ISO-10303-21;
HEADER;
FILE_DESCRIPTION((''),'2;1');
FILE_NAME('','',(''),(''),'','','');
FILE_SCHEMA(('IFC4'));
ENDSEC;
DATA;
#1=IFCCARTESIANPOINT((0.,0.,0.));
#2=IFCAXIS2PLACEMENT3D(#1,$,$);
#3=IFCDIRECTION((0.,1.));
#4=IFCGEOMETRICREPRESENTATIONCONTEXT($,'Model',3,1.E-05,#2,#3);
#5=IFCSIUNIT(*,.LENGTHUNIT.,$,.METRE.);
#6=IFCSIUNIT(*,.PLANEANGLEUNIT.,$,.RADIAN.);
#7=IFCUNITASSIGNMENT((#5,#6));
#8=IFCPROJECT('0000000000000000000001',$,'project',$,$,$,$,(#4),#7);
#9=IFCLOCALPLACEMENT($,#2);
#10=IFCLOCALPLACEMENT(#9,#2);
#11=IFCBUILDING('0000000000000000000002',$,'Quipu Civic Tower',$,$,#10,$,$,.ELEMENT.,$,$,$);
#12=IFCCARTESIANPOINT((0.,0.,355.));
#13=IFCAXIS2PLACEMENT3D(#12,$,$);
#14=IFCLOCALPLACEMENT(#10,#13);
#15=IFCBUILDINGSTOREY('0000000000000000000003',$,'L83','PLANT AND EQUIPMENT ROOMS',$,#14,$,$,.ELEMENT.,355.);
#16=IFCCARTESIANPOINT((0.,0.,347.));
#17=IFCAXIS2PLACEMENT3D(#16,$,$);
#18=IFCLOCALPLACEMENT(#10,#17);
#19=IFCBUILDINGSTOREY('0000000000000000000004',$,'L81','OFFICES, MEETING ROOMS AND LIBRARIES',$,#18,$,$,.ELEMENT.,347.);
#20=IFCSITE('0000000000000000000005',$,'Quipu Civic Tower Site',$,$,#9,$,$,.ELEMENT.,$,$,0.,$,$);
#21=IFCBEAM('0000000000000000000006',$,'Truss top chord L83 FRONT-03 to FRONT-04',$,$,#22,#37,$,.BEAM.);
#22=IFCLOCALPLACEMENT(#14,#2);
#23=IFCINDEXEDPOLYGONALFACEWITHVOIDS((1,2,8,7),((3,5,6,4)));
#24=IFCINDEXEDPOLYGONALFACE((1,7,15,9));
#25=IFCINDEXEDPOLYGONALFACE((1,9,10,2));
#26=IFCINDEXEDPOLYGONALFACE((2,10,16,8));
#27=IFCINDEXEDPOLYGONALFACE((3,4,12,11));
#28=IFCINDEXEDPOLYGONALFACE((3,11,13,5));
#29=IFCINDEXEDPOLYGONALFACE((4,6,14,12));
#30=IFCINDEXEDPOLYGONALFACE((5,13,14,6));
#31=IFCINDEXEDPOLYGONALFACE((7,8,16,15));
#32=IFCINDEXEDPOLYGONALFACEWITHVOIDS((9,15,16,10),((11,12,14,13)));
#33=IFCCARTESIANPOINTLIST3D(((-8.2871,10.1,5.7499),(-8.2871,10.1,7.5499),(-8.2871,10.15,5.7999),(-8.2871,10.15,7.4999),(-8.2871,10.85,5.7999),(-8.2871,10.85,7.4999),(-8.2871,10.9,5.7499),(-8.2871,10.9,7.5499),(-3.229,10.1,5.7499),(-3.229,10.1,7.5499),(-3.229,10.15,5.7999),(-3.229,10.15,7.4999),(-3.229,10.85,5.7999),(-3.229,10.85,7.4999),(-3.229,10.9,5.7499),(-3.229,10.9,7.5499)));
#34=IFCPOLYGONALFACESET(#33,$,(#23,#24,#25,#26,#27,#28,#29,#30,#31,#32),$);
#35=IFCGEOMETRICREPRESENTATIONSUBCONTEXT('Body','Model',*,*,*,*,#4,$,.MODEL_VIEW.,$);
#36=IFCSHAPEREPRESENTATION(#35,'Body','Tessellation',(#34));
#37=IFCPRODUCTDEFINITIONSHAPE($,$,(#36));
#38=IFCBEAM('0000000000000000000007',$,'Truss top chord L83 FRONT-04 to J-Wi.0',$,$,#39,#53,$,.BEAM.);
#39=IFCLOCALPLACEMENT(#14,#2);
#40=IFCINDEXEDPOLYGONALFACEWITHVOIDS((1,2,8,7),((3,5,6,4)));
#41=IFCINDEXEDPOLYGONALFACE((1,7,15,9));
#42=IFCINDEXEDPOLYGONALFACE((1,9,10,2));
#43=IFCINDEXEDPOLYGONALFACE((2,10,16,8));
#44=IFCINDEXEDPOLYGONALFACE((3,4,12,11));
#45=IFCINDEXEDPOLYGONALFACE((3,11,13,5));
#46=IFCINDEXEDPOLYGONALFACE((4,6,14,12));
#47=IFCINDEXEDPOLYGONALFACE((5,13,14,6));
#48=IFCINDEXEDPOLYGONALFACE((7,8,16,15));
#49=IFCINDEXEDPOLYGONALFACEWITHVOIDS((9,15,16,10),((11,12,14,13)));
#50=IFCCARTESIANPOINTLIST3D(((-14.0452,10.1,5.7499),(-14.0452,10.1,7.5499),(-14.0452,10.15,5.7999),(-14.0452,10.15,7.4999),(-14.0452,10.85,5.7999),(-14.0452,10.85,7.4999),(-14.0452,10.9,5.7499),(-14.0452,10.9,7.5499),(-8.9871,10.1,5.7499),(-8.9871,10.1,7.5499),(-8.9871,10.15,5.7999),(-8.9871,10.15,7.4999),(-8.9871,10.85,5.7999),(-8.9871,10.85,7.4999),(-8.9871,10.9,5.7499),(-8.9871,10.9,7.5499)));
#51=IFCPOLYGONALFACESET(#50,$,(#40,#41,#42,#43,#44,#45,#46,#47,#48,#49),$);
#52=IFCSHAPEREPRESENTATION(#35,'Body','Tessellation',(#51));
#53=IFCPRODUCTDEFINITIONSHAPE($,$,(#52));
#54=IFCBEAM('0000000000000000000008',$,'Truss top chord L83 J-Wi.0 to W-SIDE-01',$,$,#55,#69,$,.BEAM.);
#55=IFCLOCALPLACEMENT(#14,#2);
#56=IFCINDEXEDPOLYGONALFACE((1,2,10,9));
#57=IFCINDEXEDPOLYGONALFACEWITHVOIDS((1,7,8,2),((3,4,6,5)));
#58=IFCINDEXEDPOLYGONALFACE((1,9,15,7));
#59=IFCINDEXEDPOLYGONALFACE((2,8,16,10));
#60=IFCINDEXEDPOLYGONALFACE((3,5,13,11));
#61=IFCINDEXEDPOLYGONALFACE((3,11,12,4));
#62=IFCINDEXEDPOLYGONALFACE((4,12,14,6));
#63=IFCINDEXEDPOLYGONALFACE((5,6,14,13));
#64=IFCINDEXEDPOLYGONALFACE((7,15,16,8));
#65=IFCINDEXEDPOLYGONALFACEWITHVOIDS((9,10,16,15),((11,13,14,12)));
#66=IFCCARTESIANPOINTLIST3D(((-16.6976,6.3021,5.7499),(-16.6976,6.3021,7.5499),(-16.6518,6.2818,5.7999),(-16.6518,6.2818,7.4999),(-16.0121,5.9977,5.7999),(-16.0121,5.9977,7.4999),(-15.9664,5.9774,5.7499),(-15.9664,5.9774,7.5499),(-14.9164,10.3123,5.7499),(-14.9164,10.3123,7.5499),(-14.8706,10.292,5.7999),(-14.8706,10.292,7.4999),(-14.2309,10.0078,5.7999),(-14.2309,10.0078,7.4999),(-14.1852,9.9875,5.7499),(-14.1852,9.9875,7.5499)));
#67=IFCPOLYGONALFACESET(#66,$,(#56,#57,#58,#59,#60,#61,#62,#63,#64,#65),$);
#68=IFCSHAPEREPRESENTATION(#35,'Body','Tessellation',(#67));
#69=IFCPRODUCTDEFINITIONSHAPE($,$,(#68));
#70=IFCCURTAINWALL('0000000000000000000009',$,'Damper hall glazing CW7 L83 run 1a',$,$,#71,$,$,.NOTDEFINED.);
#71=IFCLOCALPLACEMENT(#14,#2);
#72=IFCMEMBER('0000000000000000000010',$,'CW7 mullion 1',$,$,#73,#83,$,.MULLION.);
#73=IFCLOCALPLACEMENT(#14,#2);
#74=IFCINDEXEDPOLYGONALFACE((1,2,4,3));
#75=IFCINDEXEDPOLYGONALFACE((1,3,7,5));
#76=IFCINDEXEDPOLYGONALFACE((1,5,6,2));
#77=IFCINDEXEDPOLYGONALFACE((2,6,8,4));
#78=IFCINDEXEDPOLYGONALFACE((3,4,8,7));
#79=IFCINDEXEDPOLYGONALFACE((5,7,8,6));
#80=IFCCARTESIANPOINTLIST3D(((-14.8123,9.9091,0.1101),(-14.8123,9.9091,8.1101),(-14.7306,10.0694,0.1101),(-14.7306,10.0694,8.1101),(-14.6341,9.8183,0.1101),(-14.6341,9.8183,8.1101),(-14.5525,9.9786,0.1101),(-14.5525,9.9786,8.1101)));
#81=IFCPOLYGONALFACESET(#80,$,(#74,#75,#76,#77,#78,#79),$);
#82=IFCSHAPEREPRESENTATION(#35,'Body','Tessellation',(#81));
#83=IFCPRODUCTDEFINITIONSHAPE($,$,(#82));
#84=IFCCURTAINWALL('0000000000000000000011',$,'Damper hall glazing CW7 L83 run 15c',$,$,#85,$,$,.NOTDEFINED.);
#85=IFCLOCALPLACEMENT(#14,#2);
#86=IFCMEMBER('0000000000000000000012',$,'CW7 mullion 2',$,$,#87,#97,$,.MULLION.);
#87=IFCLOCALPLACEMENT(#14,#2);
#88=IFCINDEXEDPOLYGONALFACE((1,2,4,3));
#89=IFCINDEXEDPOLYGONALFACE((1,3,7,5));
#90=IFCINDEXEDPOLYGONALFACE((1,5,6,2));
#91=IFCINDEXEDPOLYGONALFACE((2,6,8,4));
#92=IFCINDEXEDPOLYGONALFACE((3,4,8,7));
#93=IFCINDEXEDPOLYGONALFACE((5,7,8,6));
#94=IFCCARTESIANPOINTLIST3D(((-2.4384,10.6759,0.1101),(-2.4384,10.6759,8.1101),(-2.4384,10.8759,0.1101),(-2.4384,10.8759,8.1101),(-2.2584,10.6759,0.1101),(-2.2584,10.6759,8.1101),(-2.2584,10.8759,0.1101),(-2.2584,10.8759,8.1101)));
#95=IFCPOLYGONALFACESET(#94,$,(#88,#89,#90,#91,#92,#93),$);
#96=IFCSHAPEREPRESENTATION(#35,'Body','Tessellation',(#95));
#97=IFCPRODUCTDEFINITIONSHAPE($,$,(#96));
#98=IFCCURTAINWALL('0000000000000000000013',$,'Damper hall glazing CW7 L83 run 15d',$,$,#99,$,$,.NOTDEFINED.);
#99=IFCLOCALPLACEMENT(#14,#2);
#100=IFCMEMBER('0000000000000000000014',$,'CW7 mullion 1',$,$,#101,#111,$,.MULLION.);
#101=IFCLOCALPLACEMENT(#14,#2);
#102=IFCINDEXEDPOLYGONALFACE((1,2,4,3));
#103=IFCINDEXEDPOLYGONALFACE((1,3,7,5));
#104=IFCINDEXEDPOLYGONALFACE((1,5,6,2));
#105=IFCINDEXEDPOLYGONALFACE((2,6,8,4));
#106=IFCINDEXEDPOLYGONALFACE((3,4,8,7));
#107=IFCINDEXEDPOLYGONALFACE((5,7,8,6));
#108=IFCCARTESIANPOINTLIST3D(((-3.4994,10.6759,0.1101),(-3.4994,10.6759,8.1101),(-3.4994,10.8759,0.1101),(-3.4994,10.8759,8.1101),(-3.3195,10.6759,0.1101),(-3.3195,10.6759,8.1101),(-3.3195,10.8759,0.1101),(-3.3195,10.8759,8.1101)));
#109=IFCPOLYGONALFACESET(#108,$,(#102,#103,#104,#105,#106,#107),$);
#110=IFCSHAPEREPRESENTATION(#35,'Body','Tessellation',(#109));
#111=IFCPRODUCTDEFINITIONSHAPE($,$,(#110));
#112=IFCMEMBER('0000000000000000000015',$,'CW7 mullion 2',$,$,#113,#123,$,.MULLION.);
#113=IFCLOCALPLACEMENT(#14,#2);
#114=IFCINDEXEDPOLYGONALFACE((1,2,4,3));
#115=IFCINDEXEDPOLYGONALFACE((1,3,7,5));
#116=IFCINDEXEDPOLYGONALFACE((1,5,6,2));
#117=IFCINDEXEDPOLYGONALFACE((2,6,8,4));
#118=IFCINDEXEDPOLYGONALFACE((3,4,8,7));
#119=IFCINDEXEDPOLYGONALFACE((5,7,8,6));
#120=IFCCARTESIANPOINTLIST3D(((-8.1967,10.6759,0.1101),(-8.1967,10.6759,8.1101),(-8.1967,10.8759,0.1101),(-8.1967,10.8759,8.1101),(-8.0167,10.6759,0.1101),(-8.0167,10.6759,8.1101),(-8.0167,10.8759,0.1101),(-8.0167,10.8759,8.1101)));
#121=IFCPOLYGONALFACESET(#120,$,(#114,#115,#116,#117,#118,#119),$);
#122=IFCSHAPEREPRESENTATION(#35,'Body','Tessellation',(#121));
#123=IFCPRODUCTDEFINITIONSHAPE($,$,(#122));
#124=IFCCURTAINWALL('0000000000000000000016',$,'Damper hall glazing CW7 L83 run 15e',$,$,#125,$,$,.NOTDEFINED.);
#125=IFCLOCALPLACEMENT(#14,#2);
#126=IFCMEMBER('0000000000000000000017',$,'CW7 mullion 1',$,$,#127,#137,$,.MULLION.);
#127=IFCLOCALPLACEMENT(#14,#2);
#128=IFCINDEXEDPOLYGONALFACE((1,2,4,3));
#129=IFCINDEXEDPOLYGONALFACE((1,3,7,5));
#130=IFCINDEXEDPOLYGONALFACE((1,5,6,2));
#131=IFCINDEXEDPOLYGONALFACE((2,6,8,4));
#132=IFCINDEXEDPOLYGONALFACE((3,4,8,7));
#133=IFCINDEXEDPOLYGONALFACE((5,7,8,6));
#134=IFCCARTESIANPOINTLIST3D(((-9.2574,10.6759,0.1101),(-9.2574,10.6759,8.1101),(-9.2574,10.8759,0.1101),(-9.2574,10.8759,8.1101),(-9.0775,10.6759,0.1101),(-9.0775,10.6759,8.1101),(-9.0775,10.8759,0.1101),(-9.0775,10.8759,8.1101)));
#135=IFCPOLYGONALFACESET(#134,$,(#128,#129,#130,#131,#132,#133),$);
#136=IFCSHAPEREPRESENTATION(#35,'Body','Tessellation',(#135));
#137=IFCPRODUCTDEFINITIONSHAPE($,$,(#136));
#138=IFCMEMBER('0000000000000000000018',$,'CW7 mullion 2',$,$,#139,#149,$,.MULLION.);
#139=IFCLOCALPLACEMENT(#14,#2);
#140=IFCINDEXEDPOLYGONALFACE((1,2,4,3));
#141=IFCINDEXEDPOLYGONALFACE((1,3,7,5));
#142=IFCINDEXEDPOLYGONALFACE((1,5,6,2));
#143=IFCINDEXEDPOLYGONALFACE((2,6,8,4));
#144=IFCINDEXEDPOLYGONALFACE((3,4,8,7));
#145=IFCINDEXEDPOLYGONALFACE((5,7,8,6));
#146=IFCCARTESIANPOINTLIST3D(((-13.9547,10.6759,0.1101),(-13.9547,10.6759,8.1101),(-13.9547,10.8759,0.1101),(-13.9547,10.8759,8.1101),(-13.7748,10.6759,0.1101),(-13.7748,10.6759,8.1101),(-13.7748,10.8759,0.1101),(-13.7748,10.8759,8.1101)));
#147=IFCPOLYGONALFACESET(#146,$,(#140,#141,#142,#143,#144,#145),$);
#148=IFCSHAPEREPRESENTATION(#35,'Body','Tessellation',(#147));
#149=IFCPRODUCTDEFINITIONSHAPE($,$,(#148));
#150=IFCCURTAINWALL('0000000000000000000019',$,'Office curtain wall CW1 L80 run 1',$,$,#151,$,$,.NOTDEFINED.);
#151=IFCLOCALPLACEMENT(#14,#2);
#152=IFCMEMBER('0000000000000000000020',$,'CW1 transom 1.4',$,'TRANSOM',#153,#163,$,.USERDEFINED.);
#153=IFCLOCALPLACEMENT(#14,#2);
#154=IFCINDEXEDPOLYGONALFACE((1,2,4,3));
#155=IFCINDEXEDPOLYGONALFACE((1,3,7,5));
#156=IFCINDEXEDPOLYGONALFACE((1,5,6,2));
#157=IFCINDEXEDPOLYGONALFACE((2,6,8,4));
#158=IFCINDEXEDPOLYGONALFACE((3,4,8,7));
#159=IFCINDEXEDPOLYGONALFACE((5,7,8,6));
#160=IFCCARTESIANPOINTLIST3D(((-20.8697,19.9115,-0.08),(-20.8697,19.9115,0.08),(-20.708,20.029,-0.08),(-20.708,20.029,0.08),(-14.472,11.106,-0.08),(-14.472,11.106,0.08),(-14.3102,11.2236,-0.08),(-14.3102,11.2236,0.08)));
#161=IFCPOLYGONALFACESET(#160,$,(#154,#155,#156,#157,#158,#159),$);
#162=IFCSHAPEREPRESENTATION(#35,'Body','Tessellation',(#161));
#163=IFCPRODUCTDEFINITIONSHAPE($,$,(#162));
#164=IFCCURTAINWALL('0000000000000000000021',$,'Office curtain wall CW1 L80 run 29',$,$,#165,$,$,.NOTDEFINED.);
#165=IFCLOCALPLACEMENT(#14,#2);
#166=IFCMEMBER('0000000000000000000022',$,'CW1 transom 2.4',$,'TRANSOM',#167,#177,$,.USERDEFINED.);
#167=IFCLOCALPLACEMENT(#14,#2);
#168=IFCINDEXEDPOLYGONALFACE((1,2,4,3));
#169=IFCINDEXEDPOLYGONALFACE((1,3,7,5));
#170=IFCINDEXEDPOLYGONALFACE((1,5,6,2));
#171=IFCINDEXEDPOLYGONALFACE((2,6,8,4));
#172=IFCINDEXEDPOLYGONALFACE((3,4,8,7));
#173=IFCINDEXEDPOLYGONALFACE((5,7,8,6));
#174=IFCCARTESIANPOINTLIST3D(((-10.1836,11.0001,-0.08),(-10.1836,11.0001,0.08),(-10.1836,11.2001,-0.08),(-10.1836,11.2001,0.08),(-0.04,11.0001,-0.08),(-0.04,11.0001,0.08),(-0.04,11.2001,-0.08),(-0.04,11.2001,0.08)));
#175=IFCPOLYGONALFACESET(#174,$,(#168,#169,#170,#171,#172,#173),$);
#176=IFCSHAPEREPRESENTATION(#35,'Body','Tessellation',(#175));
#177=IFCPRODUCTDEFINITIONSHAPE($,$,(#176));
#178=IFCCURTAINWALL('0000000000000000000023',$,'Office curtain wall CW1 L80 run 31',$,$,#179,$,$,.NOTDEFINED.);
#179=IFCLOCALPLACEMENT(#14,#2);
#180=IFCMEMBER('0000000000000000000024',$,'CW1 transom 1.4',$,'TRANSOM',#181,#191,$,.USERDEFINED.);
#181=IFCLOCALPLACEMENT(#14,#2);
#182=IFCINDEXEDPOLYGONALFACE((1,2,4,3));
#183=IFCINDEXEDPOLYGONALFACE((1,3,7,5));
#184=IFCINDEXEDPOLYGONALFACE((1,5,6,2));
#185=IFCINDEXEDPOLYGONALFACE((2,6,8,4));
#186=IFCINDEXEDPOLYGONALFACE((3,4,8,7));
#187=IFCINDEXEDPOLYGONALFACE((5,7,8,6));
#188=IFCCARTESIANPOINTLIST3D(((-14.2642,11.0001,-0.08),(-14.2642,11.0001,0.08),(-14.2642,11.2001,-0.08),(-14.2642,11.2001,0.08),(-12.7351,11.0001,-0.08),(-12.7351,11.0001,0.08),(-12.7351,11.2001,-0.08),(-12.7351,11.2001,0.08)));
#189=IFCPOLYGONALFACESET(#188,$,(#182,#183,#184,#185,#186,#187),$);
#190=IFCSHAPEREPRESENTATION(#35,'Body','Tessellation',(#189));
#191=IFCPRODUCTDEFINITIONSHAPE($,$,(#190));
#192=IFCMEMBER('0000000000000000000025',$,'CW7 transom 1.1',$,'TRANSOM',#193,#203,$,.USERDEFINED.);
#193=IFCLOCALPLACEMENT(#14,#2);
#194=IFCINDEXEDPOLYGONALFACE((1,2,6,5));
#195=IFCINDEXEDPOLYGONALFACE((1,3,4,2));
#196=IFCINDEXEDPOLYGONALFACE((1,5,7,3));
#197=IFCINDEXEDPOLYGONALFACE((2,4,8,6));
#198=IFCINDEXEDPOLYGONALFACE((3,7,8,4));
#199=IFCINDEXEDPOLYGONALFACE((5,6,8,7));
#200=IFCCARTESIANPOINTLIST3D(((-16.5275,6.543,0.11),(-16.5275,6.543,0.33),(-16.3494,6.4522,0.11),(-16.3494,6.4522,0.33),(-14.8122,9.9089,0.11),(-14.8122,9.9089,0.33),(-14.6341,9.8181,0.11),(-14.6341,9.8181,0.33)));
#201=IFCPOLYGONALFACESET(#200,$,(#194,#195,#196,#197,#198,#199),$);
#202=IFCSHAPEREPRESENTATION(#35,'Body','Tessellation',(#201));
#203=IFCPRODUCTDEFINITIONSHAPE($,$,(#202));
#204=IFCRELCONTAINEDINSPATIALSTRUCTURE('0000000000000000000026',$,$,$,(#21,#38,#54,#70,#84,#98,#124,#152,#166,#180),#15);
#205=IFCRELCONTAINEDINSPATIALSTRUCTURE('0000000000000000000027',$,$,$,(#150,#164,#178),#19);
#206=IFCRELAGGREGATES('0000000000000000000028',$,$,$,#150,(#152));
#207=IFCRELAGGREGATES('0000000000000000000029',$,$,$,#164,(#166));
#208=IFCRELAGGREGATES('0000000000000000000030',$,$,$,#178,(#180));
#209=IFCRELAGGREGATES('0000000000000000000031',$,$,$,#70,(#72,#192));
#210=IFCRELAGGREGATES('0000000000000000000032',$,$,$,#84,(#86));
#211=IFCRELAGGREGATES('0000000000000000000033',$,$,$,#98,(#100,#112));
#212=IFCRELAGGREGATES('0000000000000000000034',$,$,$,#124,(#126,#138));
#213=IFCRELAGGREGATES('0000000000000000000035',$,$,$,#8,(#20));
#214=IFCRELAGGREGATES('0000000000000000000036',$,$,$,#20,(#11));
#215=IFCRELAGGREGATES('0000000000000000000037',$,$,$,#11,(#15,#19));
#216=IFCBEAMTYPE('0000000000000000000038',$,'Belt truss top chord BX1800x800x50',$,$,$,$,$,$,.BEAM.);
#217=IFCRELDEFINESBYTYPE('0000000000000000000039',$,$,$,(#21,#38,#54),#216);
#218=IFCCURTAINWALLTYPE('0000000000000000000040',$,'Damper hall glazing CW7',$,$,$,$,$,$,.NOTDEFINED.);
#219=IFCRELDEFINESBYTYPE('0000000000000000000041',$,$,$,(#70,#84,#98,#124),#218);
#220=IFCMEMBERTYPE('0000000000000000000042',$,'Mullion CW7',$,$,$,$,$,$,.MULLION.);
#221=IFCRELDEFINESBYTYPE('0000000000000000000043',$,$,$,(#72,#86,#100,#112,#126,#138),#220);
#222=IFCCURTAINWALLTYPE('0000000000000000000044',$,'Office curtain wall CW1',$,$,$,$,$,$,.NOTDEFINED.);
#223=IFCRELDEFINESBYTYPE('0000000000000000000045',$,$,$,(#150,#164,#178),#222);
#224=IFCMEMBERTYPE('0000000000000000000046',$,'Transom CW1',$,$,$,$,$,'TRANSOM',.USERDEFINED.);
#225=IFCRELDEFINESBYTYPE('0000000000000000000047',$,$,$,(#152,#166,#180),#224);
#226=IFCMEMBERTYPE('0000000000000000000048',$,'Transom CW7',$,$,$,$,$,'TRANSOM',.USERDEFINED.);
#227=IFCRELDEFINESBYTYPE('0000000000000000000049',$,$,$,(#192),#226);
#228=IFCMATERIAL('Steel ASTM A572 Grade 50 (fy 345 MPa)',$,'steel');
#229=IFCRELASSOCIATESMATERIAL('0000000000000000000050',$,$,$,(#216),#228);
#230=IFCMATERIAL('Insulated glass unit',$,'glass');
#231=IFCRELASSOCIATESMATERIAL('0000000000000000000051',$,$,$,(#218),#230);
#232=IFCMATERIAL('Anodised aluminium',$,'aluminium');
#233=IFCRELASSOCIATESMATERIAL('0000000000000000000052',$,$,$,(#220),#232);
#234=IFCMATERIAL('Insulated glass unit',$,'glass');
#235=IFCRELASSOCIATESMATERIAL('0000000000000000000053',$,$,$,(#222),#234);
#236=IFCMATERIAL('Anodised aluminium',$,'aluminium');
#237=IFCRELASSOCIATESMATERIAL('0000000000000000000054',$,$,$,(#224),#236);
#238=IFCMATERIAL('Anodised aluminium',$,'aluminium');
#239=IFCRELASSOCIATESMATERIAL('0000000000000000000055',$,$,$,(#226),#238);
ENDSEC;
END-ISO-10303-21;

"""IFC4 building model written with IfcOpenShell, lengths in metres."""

from ifc_helpers import new_model, si_unit, direction, frame, origin, origin_2d, place, context, subcontext, project, spatial, rectangle, hollow_rectangle, extrude, material, material_profile, profile_set, type_object, element, aggregate, save


model = new_model("IFC4")

# Units and contexts
model_context = context("Model", 3, precision=1e-05, world=origin(), true_north=direction((0.0, 1.0)))
body_context = subcontext(model_context, "Body", "Model", "MODEL_VIEW")
ifc_project = project(units=[si_unit("LENGTHUNIT", "METRE"), si_unit("PLANEANGLEUNIT", "RADIAN")], contexts=[model_context])

# Site, building, storey
site_placement = place(None, origin())
site = spatial("IfcSite", under=ifc_project, at=site_placement, Name="Quipu Civic Tower Site", CompositionType="ELEMENT", RefElevation=0.0)
building_placement = place(site_placement, origin())
building = spatial("IfcBuilding", under=site, at=building_placement, Name="Quipu Civic Tower", CompositionType="ELEMENT")
storey_1_placement = place(building_placement, frame((0.0, 0.0, 355.0)))
storey_1 = spatial("IfcBuildingStorey", under=building, at=storey_1_placement, Name="L83", Description="PLANT AND EQUIPMENT ROOMS", CompositionType="ELEMENT", Elevation=355.0)

# Beams
ifc_material_1 = material(Name="Steel ASTM A572 Grade 50 (fy 345 MPa)", Category="steel")
ifc_material_profile_1 = material_profile(ifc_material_1, hollow_rectangle(XDim=0.8, YDim=1.8, WallThickness=0.05, at=origin_2d()), Name="BX1800x800x50")
ifc_profile_set_1 = profile_set([ifc_material_profile_1], Name="Steel ASTM A572 Grade 50 (fy 345 MPa)")
beam_type_1 = type_object("IfcBeamType", Name="Belt truss top chord BX1800x800x50", PredefinedType="BEAM", material=ifc_profile_set_1)
for number, where, z_axis, x_axis, name in (
    (1, (-3.229, 10.5, 6.6499), (-1.0, 0.0, 0.0), (0.0, -1.0, 0.0), "Truss top chord L83 FRONT-03 to FRONT-04"),
    (2, (-8.9871, 10.5, 6.6499), (-1.0, 0.0, 0.0), (0.0, -1.0, 0.0), "Truss top chord L83 FRONT-04 to J-Wi.0"),
):
    element("IfcBeam", number, at=place(storey_1_placement, frame(where, z_axis=z_axis, x_axis=x_axis)), inside=storey_1, type_object=beam_type_1, Name=name, PredefinedType="BEAM", context=body_context, shape_type="SweptSolid", body=[
        extrude(hollow_rectangle(XDim=0.8, YDim=1.8, WallThickness=0.05, at=origin_2d()), origin(), (0.0, 0.0, 1.0), 5.0581),
    ])
beam_1_placement = place(storey_1_placement, frame((-14.5508, 10.1499, 6.6499), z_axis=(-0.405932, -0.913903, 0.0), x_axis=(0.913903, -0.405932, 0.0)))
element("IfcBeam", 3, at=beam_1_placement, inside=storey_1, type_object=beam_type_1, Name="Truss top chord L83 J-Wi.0 to W-SIDE-01", PredefinedType="BEAM", context=body_context, shape_type="SweptSolid", body=[
    extrude(hollow_rectangle(XDim=0.8, YDim=1.8, WallThickness=0.05, at=origin_2d()), origin(), (0.0, 0.0, 1.0), 4.3879),
])

# Curtain walls, members
ifc_material_2 = material(Name="Insulated glass unit", Category="glass")
curtain_wall_type_1 = type_object("IfcCurtainWallType", Name="Damper hall glazing CW7", PredefinedType="NOTDEFINED", material=ifc_material_2)
curtain_wall_1_placement = place(storey_1_placement, origin())
curtain_wall_1 = element("IfcCurtainWall", 4, at=curtain_wall_1_placement, inside=storey_1, type_object=curtain_wall_type_1, Name="Damper hall glazing CW7 L83 run 1a", PredefinedType="NOTDEFINED")
ifc_material_3 = material(Name="Anodised aluminium", Category="aluminium")
ifc_material_profile_2 = material_profile(ifc_material_3, rectangle(XDim=0.2, YDim=0.1799, at=origin_2d()), Name="RECT 200x180")
ifc_profile_set_2 = profile_set([ifc_material_profile_2], Name="Anodised aluminium")
member_type_1 = type_object("IfcMemberType", Name="Mullion CW7", PredefinedType="MULLION", material=ifc_profile_set_2)
member_1_placement = place(storey_1_placement, frame((-14.6824, 9.9438, 0.1101), z_axis=(0.0, 0.0, 1.0), x_axis=(0.891004, -0.453996, 0.0)))
member_1 = element("IfcMember", 5, at=member_1_placement, type_object=member_type_1, Name="CW7 mullion 1", PredefinedType="MULLION", context=body_context, shape_type="SweptSolid", body=[
    extrude(rectangle(XDim=0.2, YDim=0.1799, at=origin_2d()), origin(), (0.0, 0.0, 1.0), 8.0),
])
curtain_wall_2_placement = place(storey_1_placement, origin())
curtain_wall_2 = element("IfcCurtainWall", 6, at=curtain_wall_2_placement, inside=storey_1, type_object=curtain_wall_type_1, Name="Damper hall glazing CW7 L83 run 15c", PredefinedType="NOTDEFINED")
member_2_placement = place(storey_1_placement, frame((-2.3484, 10.7759, 0.1101), z_axis=(0.0, 0.0, 1.0), x_axis=(0.0, -1.0, 0.0)))
member_2 = element("IfcMember", 7, at=member_2_placement, type_object=member_type_1, Name="CW7 mullion 2", PredefinedType="MULLION", context=body_context, shape_type="SweptSolid", body=[
    extrude(rectangle(XDim=0.2, YDim=0.1799, at=origin_2d()), origin(), (0.0, 0.0, 1.0), 8.0),
])

# Curtain walls, members
curtain_wall_3_placement = place(storey_1_placement, origin())
curtain_wall_3 = element("IfcCurtainWall", 8, at=curtain_wall_3_placement, inside=storey_1, type_object=curtain_wall_type_1, Name="Damper hall glazing CW7 L83 run 15d", PredefinedType="NOTDEFINED")
member_3_placement = place(storey_1_placement, frame((-3.4094, 10.7759, 0.1101), z_axis=(0.0, 0.0, 1.0), x_axis=(0.0, -1.0, 0.0)))
member_3 = element("IfcMember", 9, at=member_3_placement, type_object=member_type_1, Name="CW7 mullion 1", PredefinedType="MULLION", context=body_context, shape_type="SweptSolid", body=[
    extrude(rectangle(XDim=0.2, YDim=0.1799, at=origin_2d()), origin(), (0.0, 0.0, 1.0), 8.0),
])
member_4_placement = place(storey_1_placement, frame((-8.1067, 10.7759, 0.1101), z_axis=(0.0, 0.0, 1.0), x_axis=(0.0, -1.0, 0.0)))
member_4 = element("IfcMember", 10, at=member_4_placement, type_object=member_type_1, Name="CW7 mullion 2", PredefinedType="MULLION", context=body_context, shape_type="SweptSolid", body=[
    extrude(rectangle(XDim=0.2, YDim=0.1799, at=origin_2d()), origin(), (0.0, 0.0, 1.0), 8.0),
])
curtain_wall_4_placement = place(storey_1_placement, origin())
curtain_wall_4 = element("IfcCurtainWall", 11, at=curtain_wall_4_placement, inside=storey_1, type_object=curtain_wall_type_1, Name="Damper hall glazing CW7 L83 run 15e", PredefinedType="NOTDEFINED")
member_5_placement = place(storey_1_placement, frame((-9.1675, 10.7759, 0.1101), z_axis=(0.0, 0.0, 1.0), x_axis=(0.0, -1.0, 0.0)))
member_5 = element("IfcMember", 12, at=member_5_placement, type_object=member_type_1, Name="CW7 mullion 1", PredefinedType="MULLION", context=body_context, shape_type="SweptSolid", body=[
    extrude(rectangle(XDim=0.2, YDim=0.1799, at=origin_2d()), origin(), (0.0, 0.0, 1.0), 8.0),
])
member_6_placement = place(storey_1_placement, frame((-13.8647, 10.7759, 0.1101), z_axis=(0.0, 0.0, 1.0), x_axis=(0.0, -1.0, 0.0)))
member_6 = element("IfcMember", 13, at=member_6_placement, type_object=member_type_1, Name="CW7 mullion 2", PredefinedType="MULLION", context=body_context, shape_type="SweptSolid", body=[
    extrude(rectangle(XDim=0.2, YDim=0.1799, at=origin_2d()), origin(), (0.0, 0.0, 1.0), 8.0),
])

# Shared definitions
storey_2_placement = place(building_placement, frame((0.0, 0.0, 347.0)))
storey_2 = spatial("IfcBuildingStorey", under=building, at=storey_2_placement, Name="L81", Description="OFFICES, MEETING ROOMS AND LIBRARIES", CompositionType="ELEMENT", Elevation=347.0)

# Curtain walls, members
ifc_material_4 = material(Name="Insulated glass unit", Category="glass")
curtain_wall_type_2 = type_object("IfcCurtainWallType", Name="Office curtain wall CW1", PredefinedType="NOTDEFINED", material=ifc_material_4)
curtain_wall_5_placement = place(storey_2_placement, origin())
curtain_wall_5 = element("IfcCurtainWall", 14, at=curtain_wall_5_placement, inside=storey_2, type_object=curtain_wall_type_2, Name="Office curtain wall CW1 L80 run 1", PredefinedType="NOTDEFINED")
ifc_material_5 = material(Name="Anodised aluminium", Category="aluminium")
ifc_material_profile_3 = material_profile(ifc_material_5, rectangle(XDim=0.2, YDim=0.1599, at=origin_2d()), Name="RECT 200x160")
ifc_profile_set_3 = profile_set([ifc_material_profile_3], Name="Anodised aluminium")
member_type_2 = type_object("IfcMemberType", Name="Transom CW1", ElementType="TRANSOM", PredefinedType="USERDEFINED", material=ifc_profile_set_3)
member_7_placement = place(storey_1_placement, frame((-14.3911, 11.1648, 0.0), z_axis=(-0.587797, 0.809009, 0.0), x_axis=(-0.809009, -0.587797, 0.0)))
member_7 = element("IfcMember", 15, at=member_7_placement, inside=storey_1, type_object=member_type_2, Name="CW1 transom 1.4", ObjectType="TRANSOM", PredefinedType="USERDEFINED", context=body_context, shape_type="SweptSolid", body=[
    extrude(rectangle(XDim=0.2, YDim=0.1599, at=origin_2d()), origin(), (0.0, 0.0, 1.0), 10.8843),
])
aggregate(curtain_wall_5, [member_7])
curtain_wall_6_placement = place(storey_2_placement, origin())
curtain_wall_6 = element("IfcCurtainWall", 16, at=curtain_wall_6_placement, inside=storey_2, type_object=curtain_wall_type_2, Name="Office curtain wall CW1 L80 run 29", PredefinedType="NOTDEFINED")
member_8_placement = place(storey_1_placement, frame((-0.04, 11.1001, 0.0), z_axis=(-1.0, 0.0, 0.0), x_axis=(0.0, -1.0, 0.0)))
member_8 = element("IfcMember", 17, at=member_8_placement, inside=storey_1, type_object=member_type_2, Name="CW1 transom 2.4", ObjectType="TRANSOM", PredefinedType="USERDEFINED", context=body_context, shape_type="SweptSolid", body=[
    extrude(rectangle(XDim=0.2, YDim=0.1599, at=origin_2d()), origin(), (0.0, 0.0, 1.0), 10.1436),
])
aggregate(curtain_wall_6, [member_8])
curtain_wall_7_placement = place(storey_2_placement, origin())
curtain_wall_7 = element("IfcCurtainWall", 18, at=curtain_wall_7_placement, inside=storey_2, type_object=curtain_wall_type_2, Name="Office curtain wall CW1 L80 run 31", PredefinedType="NOTDEFINED")
member_9_placement = place(storey_1_placement, frame((-12.7351, 11.1001, 0.0), z_axis=(-1.0, 0.0, 0.0), x_axis=(0.0, -1.0, 0.0)))
member_9 = element("IfcMember", 19, at=member_9_placement, inside=storey_1, type_object=member_type_2, Name="CW1 transom 1.4", ObjectType="TRANSOM", PredefinedType="USERDEFINED", context=body_context, shape_type="SweptSolid", body=[
    extrude(rectangle(XDim=0.2, YDim=0.1599, at=origin_2d()), origin(), (0.0, 0.0, 1.0), 1.5291),
])
aggregate(curtain_wall_7, [member_9])

# Member
ifc_material_6 = material(Name="Anodised aluminium", Category="aluminium")
ifc_material_profile_4 = material_profile(ifc_material_6, rectangle(XDim=0.2, YDim=0.22, at=origin_2d()), Name="RECT 200x220")
ifc_profile_set_4 = profile_set([ifc_material_profile_4], Name="Anodised aluminium")
member_type_3 = type_object("IfcMemberType", Name="Transom CW7", ElementType="TRANSOM", PredefinedType="USERDEFINED", material=ifc_profile_set_4)
member_10_placement = place(storey_1_placement, frame((-14.7231, 9.8635, 0.22), z_axis=(-0.454051, -0.890976, 0.0), x_axis=(0.890976, -0.454051, 0.0)))
member_10 = element("IfcMember", 20, at=member_10_placement, type_object=member_type_3, Name="CW7 transom 1.1", ObjectType="TRANSOM", PredefinedType="USERDEFINED", context=body_context, shape_type="SweptSolid", body=[
    extrude(rectangle(XDim=0.2, YDim=0.22, at=origin_2d()), origin(), (0.0, 0.0, 1.0), 3.7778),
])

aggregate(curtain_wall_1, [member_1, member_10])
aggregate(curtain_wall_2, [member_2])
aggregate(curtain_wall_3, [member_3, member_4])
aggregate(curtain_wall_4, [member_5, member_6])

save(model, "model.ifc")
